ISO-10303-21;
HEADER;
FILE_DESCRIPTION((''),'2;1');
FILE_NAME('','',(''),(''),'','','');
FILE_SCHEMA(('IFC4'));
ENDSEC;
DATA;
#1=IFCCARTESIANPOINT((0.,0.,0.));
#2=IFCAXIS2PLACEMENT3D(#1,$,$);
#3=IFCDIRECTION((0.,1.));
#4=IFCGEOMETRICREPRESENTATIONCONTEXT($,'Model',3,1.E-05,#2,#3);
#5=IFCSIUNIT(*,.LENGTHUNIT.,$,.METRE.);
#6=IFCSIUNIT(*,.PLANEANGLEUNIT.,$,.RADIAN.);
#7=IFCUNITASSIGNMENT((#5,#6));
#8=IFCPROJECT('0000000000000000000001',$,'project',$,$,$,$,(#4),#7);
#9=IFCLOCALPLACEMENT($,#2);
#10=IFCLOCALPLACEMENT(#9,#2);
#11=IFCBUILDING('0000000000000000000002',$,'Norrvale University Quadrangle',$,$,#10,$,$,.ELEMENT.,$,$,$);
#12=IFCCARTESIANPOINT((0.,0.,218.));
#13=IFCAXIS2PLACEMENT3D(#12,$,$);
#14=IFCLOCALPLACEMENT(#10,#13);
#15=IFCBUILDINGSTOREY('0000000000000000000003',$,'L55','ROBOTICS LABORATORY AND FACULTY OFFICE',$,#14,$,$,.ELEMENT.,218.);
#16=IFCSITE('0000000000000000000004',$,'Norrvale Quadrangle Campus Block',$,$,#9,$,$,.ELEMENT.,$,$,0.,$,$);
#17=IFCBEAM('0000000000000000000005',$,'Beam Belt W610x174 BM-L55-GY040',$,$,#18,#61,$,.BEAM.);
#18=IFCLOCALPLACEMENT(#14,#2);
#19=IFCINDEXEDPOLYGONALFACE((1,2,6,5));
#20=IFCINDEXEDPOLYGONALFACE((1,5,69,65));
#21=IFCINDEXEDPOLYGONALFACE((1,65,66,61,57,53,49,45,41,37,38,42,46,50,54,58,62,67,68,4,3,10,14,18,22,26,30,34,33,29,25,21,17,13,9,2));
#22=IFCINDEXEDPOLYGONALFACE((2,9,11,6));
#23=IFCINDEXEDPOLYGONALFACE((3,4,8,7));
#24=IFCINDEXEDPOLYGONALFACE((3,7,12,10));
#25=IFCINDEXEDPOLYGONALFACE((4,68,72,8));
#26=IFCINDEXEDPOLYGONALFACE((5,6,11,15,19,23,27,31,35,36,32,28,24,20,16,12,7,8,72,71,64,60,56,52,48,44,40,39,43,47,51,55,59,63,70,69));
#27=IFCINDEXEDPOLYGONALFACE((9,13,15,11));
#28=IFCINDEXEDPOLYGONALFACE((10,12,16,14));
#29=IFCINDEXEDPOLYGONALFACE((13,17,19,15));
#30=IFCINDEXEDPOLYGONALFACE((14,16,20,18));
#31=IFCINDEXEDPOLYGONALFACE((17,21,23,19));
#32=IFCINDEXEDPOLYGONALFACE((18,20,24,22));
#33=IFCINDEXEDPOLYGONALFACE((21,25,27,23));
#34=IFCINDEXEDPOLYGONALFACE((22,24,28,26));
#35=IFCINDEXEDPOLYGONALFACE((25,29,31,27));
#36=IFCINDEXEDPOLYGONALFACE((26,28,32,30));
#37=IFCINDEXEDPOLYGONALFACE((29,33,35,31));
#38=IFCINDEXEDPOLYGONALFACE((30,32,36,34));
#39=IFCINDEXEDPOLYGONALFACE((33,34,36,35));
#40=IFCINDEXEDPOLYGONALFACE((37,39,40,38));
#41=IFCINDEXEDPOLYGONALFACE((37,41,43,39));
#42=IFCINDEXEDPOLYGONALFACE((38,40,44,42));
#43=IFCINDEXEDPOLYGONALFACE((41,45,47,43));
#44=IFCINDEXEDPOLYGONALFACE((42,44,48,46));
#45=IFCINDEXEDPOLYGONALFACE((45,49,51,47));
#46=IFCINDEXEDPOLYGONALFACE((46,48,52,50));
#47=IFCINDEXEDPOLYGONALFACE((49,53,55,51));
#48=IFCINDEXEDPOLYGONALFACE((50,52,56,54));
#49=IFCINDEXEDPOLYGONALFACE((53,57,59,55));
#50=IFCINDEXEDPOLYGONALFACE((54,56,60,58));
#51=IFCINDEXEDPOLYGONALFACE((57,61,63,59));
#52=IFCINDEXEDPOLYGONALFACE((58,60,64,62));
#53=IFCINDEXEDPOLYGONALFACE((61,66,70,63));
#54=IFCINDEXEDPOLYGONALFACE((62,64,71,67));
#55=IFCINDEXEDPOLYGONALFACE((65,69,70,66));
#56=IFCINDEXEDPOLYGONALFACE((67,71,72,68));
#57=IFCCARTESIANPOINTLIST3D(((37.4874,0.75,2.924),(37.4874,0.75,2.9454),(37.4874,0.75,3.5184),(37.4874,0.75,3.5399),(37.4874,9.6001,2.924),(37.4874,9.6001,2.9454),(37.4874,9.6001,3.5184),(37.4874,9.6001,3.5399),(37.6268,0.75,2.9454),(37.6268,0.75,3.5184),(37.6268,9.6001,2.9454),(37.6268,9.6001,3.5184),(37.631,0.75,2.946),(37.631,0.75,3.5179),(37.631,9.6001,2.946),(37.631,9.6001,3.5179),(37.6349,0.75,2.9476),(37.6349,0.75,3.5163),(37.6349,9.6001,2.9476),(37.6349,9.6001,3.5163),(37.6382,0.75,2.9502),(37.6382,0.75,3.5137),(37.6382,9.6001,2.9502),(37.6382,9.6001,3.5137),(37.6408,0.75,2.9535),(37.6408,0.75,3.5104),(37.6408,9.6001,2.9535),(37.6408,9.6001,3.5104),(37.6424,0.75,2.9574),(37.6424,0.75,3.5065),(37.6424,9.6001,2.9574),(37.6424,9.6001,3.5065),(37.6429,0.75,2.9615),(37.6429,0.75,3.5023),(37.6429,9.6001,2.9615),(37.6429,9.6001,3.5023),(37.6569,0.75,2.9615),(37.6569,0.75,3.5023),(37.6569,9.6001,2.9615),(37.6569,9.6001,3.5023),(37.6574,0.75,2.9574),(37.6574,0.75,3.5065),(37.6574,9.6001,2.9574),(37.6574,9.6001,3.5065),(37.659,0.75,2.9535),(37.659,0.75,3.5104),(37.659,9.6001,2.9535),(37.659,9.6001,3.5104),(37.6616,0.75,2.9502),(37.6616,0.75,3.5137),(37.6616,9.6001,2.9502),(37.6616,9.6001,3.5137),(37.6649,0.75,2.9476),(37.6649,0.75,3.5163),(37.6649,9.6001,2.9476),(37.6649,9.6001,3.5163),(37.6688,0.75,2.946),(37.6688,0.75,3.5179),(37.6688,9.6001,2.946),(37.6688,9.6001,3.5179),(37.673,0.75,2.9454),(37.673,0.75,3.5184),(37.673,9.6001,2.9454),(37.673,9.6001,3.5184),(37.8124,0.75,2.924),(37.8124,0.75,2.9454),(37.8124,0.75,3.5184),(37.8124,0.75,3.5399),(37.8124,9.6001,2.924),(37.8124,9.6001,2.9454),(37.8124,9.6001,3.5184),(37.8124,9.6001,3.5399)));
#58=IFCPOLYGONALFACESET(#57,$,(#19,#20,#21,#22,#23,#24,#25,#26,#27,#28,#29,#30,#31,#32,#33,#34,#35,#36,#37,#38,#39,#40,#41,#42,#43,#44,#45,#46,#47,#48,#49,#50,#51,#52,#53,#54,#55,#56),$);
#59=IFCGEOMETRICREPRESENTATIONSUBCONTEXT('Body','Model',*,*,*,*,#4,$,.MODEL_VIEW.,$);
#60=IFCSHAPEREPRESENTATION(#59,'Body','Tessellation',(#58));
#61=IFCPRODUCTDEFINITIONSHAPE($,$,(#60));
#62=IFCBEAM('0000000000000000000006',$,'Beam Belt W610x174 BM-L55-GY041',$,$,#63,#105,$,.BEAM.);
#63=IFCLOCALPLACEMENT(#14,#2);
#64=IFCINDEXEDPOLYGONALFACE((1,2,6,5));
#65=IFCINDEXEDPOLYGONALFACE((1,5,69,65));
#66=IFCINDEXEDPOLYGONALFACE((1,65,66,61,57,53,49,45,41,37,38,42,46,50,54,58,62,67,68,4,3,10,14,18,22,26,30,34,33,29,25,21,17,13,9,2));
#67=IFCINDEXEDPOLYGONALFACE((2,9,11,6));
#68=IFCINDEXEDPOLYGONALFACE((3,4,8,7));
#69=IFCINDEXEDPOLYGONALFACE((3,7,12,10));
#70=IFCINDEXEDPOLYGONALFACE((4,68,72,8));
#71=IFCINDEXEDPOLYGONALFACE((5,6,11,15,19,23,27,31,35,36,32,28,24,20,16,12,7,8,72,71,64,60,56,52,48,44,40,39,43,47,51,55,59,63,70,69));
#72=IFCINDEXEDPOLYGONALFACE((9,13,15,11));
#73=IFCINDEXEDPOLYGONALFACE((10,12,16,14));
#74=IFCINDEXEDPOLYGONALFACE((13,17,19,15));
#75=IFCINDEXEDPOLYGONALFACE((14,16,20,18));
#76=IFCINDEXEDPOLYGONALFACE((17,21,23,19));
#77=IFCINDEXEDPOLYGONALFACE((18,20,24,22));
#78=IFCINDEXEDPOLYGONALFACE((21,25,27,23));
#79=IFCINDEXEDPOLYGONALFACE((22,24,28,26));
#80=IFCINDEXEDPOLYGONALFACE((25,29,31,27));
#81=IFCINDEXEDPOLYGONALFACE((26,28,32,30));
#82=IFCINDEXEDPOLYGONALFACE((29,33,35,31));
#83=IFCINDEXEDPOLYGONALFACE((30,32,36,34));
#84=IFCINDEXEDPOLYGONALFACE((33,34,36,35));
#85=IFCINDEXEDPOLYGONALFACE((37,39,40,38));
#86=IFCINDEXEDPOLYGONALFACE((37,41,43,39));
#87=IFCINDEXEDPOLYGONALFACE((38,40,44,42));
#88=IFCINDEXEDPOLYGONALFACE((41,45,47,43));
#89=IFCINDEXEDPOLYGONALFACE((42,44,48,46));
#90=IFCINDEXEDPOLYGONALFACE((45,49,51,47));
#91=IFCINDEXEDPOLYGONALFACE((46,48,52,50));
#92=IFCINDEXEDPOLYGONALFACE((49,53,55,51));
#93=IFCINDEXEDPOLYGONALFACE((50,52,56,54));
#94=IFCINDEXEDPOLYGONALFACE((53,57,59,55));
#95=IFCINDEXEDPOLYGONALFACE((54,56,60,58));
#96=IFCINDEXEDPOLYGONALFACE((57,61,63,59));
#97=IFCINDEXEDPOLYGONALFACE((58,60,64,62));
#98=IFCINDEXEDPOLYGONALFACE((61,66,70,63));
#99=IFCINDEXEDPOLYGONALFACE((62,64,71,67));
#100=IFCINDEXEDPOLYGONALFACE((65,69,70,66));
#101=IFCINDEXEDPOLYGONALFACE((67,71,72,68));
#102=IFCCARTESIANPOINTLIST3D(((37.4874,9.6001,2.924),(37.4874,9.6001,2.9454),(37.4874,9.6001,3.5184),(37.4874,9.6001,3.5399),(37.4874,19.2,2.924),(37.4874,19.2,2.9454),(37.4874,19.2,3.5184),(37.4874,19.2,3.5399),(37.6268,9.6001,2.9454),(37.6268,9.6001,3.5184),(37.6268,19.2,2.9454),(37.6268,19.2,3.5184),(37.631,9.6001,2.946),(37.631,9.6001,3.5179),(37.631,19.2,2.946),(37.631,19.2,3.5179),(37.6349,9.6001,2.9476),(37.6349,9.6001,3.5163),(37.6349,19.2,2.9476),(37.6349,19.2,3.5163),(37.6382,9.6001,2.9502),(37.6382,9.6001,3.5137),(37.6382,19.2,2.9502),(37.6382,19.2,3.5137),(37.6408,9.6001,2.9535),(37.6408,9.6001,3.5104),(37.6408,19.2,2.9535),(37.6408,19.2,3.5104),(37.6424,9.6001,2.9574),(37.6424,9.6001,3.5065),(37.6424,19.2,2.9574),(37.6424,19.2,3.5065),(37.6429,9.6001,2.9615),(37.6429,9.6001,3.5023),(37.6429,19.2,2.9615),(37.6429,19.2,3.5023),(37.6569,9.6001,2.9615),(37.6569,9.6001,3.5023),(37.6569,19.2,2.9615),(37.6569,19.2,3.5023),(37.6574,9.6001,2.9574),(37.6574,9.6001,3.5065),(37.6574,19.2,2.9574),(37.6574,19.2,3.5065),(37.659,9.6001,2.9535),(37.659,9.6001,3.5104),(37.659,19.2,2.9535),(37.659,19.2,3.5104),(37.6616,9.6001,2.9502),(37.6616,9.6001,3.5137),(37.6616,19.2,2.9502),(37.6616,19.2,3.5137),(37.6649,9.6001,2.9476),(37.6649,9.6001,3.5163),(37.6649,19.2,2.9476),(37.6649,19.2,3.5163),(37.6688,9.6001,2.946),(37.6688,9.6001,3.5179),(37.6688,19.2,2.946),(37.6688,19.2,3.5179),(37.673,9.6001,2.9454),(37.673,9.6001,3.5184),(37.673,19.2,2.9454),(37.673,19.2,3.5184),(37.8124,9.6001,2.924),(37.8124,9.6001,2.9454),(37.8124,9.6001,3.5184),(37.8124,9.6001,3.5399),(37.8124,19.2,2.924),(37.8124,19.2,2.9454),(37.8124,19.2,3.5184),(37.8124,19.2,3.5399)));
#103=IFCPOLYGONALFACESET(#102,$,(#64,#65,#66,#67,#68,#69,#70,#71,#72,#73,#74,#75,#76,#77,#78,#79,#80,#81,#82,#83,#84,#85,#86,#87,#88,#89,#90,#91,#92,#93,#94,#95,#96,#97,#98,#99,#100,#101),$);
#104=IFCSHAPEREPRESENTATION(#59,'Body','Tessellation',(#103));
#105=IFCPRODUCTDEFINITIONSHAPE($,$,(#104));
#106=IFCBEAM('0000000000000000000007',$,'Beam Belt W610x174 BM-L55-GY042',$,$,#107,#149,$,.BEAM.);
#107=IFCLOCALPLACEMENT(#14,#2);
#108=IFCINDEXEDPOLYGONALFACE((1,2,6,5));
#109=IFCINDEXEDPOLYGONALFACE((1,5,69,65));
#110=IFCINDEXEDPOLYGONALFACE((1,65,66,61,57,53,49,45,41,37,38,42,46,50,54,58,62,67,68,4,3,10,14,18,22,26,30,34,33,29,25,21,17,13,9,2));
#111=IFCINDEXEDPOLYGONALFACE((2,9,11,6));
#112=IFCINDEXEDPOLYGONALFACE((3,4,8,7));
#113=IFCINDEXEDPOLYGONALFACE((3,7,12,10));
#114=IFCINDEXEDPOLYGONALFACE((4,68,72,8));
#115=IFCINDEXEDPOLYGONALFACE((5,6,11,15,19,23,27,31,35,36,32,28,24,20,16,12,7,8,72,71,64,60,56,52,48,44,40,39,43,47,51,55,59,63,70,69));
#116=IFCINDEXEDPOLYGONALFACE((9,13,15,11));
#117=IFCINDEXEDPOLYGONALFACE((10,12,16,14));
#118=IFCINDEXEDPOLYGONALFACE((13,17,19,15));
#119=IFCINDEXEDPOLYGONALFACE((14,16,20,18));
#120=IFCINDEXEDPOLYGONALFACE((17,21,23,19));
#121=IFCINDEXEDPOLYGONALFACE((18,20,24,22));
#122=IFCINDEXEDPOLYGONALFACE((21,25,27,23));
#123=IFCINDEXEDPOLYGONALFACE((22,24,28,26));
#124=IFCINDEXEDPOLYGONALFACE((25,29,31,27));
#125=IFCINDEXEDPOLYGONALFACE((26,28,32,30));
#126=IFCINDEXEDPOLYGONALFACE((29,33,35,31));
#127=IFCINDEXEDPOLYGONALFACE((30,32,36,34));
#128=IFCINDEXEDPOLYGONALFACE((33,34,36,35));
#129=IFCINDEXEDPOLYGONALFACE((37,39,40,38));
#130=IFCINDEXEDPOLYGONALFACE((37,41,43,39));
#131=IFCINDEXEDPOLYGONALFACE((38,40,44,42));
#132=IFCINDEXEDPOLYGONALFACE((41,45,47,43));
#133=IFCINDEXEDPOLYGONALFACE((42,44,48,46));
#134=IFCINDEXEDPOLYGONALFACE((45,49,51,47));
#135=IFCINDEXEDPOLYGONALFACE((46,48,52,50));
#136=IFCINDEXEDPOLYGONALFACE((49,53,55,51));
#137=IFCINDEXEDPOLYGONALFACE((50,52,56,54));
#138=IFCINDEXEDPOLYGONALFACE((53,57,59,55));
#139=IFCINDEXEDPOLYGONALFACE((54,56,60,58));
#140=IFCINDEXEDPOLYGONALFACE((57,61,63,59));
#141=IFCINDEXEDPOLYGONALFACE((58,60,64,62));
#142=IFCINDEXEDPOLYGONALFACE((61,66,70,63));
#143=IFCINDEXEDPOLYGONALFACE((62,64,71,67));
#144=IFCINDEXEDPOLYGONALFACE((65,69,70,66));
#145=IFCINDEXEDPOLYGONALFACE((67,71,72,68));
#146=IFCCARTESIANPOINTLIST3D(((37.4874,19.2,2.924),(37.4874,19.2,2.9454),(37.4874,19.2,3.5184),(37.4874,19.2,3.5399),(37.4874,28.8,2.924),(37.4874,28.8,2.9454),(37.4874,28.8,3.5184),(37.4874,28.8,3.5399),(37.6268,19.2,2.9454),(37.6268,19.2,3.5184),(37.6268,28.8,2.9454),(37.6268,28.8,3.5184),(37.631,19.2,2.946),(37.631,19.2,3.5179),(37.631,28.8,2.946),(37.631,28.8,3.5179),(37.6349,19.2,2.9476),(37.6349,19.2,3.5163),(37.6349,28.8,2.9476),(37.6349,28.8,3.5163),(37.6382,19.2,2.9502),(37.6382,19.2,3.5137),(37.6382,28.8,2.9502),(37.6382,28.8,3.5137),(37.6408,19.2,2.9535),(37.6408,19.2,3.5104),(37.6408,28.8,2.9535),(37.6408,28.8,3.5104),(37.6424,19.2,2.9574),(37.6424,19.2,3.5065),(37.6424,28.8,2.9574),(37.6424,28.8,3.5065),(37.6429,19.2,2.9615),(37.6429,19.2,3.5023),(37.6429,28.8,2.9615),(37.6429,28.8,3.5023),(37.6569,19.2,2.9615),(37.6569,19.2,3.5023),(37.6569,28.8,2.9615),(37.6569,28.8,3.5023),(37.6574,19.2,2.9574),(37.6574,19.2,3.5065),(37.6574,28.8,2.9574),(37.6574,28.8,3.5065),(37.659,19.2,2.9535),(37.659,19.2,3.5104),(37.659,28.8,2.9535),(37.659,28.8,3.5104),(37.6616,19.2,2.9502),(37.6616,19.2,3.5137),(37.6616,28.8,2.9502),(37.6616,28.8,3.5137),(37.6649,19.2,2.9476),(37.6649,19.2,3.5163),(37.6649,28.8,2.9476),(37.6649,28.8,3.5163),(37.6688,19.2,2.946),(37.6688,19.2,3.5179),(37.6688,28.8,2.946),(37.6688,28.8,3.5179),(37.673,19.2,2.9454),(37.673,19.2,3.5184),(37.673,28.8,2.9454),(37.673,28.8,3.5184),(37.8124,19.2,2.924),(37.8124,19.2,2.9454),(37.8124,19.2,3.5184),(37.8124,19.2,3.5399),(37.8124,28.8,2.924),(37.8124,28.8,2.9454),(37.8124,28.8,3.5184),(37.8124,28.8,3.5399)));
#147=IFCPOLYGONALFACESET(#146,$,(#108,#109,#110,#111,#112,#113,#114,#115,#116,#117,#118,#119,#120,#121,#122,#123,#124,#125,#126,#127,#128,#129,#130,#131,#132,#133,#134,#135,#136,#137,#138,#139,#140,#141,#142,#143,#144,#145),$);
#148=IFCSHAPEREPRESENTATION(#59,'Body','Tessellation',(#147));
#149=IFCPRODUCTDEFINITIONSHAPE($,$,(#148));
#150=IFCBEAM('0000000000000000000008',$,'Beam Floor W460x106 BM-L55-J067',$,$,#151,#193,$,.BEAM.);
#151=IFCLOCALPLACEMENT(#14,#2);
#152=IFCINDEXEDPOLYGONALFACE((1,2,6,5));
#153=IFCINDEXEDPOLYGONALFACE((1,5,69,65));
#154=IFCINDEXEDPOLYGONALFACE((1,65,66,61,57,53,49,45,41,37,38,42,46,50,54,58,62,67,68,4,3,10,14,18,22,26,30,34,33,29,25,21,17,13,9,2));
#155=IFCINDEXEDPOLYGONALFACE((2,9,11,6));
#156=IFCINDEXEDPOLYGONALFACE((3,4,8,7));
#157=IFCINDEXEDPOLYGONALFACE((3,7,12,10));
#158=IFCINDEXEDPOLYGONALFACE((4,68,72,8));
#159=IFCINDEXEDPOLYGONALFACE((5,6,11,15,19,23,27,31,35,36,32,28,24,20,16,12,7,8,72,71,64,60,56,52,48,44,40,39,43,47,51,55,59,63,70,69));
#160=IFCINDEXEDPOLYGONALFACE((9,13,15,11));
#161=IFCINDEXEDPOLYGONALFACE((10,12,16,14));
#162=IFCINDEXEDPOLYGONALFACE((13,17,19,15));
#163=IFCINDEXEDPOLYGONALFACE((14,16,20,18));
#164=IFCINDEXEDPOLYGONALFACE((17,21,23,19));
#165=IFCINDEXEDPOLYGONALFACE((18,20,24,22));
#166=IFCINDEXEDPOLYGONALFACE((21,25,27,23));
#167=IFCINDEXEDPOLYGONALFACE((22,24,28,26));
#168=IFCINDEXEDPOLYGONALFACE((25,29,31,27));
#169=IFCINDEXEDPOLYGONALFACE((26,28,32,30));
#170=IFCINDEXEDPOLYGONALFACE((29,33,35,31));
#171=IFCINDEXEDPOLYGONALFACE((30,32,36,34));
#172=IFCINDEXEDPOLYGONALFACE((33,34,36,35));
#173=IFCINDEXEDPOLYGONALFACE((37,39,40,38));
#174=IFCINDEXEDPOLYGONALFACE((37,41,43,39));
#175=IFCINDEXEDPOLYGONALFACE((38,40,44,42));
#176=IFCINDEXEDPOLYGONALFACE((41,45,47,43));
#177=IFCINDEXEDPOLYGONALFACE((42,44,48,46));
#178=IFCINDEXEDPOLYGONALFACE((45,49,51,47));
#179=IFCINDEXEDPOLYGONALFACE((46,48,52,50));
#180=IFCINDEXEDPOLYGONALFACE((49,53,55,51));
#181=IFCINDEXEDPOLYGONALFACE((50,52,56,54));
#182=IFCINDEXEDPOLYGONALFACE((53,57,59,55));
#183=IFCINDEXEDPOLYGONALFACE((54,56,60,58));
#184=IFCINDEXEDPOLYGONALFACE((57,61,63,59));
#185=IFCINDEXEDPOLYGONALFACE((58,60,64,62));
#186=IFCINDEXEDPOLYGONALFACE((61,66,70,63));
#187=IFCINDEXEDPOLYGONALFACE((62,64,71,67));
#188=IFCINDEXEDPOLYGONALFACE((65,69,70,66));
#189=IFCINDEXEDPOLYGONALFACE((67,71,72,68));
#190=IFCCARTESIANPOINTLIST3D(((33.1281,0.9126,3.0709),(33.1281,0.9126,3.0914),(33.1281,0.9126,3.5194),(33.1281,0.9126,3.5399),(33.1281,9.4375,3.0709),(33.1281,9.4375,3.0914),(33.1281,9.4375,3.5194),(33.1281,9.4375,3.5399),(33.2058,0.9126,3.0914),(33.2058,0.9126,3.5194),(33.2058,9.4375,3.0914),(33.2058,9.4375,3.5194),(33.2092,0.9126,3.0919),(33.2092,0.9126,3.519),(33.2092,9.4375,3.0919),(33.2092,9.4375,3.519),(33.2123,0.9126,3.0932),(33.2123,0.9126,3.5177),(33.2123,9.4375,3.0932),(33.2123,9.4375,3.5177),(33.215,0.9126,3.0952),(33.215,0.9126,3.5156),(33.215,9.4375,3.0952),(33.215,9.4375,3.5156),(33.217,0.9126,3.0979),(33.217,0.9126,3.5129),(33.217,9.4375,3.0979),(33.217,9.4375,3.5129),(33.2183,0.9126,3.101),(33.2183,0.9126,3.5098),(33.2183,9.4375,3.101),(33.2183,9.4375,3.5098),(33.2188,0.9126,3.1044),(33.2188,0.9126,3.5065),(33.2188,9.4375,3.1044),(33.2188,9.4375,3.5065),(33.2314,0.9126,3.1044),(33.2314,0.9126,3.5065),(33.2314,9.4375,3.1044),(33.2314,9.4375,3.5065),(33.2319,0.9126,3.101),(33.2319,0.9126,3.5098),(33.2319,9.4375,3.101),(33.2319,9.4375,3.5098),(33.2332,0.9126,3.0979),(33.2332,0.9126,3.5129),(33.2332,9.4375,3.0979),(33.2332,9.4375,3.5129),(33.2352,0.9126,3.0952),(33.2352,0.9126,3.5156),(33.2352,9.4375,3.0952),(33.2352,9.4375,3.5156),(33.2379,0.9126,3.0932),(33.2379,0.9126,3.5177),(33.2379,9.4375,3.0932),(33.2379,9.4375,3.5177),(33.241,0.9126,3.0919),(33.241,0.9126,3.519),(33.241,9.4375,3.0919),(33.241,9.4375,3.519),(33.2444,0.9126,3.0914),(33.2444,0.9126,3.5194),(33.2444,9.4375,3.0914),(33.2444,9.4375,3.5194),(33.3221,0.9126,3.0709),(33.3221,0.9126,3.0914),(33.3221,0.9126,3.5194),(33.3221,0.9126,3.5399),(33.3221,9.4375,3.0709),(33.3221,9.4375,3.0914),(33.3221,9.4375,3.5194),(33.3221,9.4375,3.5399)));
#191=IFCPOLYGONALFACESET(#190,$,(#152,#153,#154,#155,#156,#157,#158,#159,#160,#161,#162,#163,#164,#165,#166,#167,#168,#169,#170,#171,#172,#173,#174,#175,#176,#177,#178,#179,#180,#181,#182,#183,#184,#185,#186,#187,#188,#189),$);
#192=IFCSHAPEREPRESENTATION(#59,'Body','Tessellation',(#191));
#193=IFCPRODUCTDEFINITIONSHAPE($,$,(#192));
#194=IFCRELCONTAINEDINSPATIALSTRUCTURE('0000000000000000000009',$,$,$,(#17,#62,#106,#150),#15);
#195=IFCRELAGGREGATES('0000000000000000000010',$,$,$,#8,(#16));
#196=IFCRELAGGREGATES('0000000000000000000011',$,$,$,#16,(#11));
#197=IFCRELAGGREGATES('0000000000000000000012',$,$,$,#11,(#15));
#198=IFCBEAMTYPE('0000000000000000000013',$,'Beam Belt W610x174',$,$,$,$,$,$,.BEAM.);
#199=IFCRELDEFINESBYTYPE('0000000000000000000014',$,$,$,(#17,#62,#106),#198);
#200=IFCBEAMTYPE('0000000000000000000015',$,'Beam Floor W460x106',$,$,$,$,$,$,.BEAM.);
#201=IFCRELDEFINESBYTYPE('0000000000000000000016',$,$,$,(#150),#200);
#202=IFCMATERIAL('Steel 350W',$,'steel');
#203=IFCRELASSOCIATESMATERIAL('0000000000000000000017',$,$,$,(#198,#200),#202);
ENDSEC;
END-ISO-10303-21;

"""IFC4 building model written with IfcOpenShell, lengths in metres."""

from ifc_helpers import new_model, si_unit, direction, frame, origin, origin_2d, place, context, subcontext, project, spatial, i_section, extrude, material, material_profile, profile_set, type_object, element, save


model = new_model("IFC4")

# Units and contexts
model_context = context("Model", 3, precision=1e-05, world=origin(), true_north=direction((0.0, 1.0)))
body_context = subcontext(model_context, "Body", "Model", "MODEL_VIEW")
ifc_project = project(units=[si_unit("LENGTHUNIT", "METRE"), si_unit("PLANEANGLEUNIT", "RADIAN")], contexts=[model_context])

# Site, building, storey
site_placement = place(None, origin())
site = spatial("IfcSite", under=ifc_project, at=site_placement, Name="Norrvale Quadrangle Campus Block", CompositionType="ELEMENT", RefElevation=0.0)
building_placement = place(site_placement, origin())
building = spatial("IfcBuilding", under=site, at=building_placement, Name="Norrvale University Quadrangle", CompositionType="ELEMENT")
storey_placement = place(building_placement, frame((0.0, 0.0, 218.0)))
storey = spatial("IfcBuildingStorey", under=building, at=storey_placement, Name="L55", Description="ROBOTICS LABORATORY AND FACULTY OFFICE", CompositionType="ELEMENT", Elevation=218.0)

# Beams
ifc_material_1 = material(Name="Steel 350W", Category="steel")
ifc_material_profile_1 = material_profile(ifc_material_1, i_section(OverallWidth=0.325, OverallDepth=0.616, WebThickness=0.0139, FlangeThickness=0.0215, FilletRadius=0.0161, at=origin_2d()), Name="Steel 350W")
ifc_profile_set_1 = profile_set([ifc_material_profile_1], Name="Steel 350W")
beam_type_1 = type_object("IfcBeamType", Name="Beam Belt W610x174", PredefinedType="BEAM", material=ifc_profile_set_1)
beam_1_placement = place(storey_placement, frame((37.6499, 0.75, 3.2319), z_axis=(0.0, 1.0, 0.0), x_axis=(-1.0, 0.0, 0.0)))
element("IfcBeam", 1, at=beam_1_placement, inside=storey, type_object=beam_type_1, Name="Beam Belt W610x174 BM-L55-GY040", PredefinedType="BEAM", context=body_context, shape_type="SweptSolid", body=[
    extrude(i_section(OverallWidth=0.325, OverallDepth=0.616, WebThickness=0.0139, FlangeThickness=0.0215, FilletRadius=0.0161, at=origin_2d()), origin(), (0.0, 0.0, 1.0), 8.8501),
])
beam_2_placement = place(storey_placement, frame((37.6499, 9.6001, 3.2319), z_axis=(0.0, 1.0, 0.0), x_axis=(-1.0, 0.0, 0.0)))
element("IfcBeam", 2, at=beam_2_placement, inside=storey, type_object=beam_type_1, Name="Beam Belt W610x174 BM-L55-GY041", PredefinedType="BEAM", context=body_context, shape_type="SweptSolid", body=[
    extrude(i_section(OverallWidth=0.325, OverallDepth=0.616, WebThickness=0.0139, FlangeThickness=0.0215, FilletRadius=0.0161, at=origin_2d()), origin(), (0.0, 0.0, 1.0), 9.5999),
])
beam_3_placement = place(storey_placement, frame((37.6499, 19.2, 3.2319), z_axis=(0.0, 1.0, 0.0), x_axis=(-1.0, 0.0, 0.0)))
element("IfcBeam", 3, at=beam_3_placement, inside=storey, type_object=beam_type_1, Name="Beam Belt W610x174 BM-L55-GY042", PredefinedType="BEAM", context=body_context, shape_type="SweptSolid", body=[
    extrude(i_section(OverallWidth=0.325, OverallDepth=0.616, WebThickness=0.0139, FlangeThickness=0.0215, FilletRadius=0.0161, at=origin_2d()), origin(), (0.0, 0.0, 1.0), 9.6001),
])
ifc_material_profile_2 = material_profile(ifc_material_1, i_section(OverallWidth=0.1941, OverallDepth=0.469, WebThickness=0.0127, FlangeThickness=0.0205, FilletRadius=0.0129, at=origin_2d()), Name="Steel 350W")
ifc_profile_set_2 = profile_set([ifc_material_profile_2], Name="Steel 350W")
beam_type_2 = type_object("IfcBeamType", Name="Beam Floor W460x106", PredefinedType="BEAM", material=ifc_profile_set_2)
beam_4_placement = place(storey_placement, frame((33.2251, 0.9126, 3.3054), z_axis=(0.0, 1.0, 0.0), x_axis=(-1.0, 0.0, 0.0)))
element("IfcBeam", 4, at=beam_4_placement, inside=storey, type_object=beam_type_2, Name="Beam Floor W460x106 BM-L55-J067", PredefinedType="BEAM", context=body_context, shape_type="SweptSolid", body=[
    extrude(i_section(OverallWidth=0.1941, OverallDepth=0.469, WebThickness=0.0127, FlangeThickness=0.0205, FilletRadius=0.0129, at=origin_2d()), origin(), (0.0, 0.0, 1.0), 8.5249),
])

save(model, "model.ifc")
